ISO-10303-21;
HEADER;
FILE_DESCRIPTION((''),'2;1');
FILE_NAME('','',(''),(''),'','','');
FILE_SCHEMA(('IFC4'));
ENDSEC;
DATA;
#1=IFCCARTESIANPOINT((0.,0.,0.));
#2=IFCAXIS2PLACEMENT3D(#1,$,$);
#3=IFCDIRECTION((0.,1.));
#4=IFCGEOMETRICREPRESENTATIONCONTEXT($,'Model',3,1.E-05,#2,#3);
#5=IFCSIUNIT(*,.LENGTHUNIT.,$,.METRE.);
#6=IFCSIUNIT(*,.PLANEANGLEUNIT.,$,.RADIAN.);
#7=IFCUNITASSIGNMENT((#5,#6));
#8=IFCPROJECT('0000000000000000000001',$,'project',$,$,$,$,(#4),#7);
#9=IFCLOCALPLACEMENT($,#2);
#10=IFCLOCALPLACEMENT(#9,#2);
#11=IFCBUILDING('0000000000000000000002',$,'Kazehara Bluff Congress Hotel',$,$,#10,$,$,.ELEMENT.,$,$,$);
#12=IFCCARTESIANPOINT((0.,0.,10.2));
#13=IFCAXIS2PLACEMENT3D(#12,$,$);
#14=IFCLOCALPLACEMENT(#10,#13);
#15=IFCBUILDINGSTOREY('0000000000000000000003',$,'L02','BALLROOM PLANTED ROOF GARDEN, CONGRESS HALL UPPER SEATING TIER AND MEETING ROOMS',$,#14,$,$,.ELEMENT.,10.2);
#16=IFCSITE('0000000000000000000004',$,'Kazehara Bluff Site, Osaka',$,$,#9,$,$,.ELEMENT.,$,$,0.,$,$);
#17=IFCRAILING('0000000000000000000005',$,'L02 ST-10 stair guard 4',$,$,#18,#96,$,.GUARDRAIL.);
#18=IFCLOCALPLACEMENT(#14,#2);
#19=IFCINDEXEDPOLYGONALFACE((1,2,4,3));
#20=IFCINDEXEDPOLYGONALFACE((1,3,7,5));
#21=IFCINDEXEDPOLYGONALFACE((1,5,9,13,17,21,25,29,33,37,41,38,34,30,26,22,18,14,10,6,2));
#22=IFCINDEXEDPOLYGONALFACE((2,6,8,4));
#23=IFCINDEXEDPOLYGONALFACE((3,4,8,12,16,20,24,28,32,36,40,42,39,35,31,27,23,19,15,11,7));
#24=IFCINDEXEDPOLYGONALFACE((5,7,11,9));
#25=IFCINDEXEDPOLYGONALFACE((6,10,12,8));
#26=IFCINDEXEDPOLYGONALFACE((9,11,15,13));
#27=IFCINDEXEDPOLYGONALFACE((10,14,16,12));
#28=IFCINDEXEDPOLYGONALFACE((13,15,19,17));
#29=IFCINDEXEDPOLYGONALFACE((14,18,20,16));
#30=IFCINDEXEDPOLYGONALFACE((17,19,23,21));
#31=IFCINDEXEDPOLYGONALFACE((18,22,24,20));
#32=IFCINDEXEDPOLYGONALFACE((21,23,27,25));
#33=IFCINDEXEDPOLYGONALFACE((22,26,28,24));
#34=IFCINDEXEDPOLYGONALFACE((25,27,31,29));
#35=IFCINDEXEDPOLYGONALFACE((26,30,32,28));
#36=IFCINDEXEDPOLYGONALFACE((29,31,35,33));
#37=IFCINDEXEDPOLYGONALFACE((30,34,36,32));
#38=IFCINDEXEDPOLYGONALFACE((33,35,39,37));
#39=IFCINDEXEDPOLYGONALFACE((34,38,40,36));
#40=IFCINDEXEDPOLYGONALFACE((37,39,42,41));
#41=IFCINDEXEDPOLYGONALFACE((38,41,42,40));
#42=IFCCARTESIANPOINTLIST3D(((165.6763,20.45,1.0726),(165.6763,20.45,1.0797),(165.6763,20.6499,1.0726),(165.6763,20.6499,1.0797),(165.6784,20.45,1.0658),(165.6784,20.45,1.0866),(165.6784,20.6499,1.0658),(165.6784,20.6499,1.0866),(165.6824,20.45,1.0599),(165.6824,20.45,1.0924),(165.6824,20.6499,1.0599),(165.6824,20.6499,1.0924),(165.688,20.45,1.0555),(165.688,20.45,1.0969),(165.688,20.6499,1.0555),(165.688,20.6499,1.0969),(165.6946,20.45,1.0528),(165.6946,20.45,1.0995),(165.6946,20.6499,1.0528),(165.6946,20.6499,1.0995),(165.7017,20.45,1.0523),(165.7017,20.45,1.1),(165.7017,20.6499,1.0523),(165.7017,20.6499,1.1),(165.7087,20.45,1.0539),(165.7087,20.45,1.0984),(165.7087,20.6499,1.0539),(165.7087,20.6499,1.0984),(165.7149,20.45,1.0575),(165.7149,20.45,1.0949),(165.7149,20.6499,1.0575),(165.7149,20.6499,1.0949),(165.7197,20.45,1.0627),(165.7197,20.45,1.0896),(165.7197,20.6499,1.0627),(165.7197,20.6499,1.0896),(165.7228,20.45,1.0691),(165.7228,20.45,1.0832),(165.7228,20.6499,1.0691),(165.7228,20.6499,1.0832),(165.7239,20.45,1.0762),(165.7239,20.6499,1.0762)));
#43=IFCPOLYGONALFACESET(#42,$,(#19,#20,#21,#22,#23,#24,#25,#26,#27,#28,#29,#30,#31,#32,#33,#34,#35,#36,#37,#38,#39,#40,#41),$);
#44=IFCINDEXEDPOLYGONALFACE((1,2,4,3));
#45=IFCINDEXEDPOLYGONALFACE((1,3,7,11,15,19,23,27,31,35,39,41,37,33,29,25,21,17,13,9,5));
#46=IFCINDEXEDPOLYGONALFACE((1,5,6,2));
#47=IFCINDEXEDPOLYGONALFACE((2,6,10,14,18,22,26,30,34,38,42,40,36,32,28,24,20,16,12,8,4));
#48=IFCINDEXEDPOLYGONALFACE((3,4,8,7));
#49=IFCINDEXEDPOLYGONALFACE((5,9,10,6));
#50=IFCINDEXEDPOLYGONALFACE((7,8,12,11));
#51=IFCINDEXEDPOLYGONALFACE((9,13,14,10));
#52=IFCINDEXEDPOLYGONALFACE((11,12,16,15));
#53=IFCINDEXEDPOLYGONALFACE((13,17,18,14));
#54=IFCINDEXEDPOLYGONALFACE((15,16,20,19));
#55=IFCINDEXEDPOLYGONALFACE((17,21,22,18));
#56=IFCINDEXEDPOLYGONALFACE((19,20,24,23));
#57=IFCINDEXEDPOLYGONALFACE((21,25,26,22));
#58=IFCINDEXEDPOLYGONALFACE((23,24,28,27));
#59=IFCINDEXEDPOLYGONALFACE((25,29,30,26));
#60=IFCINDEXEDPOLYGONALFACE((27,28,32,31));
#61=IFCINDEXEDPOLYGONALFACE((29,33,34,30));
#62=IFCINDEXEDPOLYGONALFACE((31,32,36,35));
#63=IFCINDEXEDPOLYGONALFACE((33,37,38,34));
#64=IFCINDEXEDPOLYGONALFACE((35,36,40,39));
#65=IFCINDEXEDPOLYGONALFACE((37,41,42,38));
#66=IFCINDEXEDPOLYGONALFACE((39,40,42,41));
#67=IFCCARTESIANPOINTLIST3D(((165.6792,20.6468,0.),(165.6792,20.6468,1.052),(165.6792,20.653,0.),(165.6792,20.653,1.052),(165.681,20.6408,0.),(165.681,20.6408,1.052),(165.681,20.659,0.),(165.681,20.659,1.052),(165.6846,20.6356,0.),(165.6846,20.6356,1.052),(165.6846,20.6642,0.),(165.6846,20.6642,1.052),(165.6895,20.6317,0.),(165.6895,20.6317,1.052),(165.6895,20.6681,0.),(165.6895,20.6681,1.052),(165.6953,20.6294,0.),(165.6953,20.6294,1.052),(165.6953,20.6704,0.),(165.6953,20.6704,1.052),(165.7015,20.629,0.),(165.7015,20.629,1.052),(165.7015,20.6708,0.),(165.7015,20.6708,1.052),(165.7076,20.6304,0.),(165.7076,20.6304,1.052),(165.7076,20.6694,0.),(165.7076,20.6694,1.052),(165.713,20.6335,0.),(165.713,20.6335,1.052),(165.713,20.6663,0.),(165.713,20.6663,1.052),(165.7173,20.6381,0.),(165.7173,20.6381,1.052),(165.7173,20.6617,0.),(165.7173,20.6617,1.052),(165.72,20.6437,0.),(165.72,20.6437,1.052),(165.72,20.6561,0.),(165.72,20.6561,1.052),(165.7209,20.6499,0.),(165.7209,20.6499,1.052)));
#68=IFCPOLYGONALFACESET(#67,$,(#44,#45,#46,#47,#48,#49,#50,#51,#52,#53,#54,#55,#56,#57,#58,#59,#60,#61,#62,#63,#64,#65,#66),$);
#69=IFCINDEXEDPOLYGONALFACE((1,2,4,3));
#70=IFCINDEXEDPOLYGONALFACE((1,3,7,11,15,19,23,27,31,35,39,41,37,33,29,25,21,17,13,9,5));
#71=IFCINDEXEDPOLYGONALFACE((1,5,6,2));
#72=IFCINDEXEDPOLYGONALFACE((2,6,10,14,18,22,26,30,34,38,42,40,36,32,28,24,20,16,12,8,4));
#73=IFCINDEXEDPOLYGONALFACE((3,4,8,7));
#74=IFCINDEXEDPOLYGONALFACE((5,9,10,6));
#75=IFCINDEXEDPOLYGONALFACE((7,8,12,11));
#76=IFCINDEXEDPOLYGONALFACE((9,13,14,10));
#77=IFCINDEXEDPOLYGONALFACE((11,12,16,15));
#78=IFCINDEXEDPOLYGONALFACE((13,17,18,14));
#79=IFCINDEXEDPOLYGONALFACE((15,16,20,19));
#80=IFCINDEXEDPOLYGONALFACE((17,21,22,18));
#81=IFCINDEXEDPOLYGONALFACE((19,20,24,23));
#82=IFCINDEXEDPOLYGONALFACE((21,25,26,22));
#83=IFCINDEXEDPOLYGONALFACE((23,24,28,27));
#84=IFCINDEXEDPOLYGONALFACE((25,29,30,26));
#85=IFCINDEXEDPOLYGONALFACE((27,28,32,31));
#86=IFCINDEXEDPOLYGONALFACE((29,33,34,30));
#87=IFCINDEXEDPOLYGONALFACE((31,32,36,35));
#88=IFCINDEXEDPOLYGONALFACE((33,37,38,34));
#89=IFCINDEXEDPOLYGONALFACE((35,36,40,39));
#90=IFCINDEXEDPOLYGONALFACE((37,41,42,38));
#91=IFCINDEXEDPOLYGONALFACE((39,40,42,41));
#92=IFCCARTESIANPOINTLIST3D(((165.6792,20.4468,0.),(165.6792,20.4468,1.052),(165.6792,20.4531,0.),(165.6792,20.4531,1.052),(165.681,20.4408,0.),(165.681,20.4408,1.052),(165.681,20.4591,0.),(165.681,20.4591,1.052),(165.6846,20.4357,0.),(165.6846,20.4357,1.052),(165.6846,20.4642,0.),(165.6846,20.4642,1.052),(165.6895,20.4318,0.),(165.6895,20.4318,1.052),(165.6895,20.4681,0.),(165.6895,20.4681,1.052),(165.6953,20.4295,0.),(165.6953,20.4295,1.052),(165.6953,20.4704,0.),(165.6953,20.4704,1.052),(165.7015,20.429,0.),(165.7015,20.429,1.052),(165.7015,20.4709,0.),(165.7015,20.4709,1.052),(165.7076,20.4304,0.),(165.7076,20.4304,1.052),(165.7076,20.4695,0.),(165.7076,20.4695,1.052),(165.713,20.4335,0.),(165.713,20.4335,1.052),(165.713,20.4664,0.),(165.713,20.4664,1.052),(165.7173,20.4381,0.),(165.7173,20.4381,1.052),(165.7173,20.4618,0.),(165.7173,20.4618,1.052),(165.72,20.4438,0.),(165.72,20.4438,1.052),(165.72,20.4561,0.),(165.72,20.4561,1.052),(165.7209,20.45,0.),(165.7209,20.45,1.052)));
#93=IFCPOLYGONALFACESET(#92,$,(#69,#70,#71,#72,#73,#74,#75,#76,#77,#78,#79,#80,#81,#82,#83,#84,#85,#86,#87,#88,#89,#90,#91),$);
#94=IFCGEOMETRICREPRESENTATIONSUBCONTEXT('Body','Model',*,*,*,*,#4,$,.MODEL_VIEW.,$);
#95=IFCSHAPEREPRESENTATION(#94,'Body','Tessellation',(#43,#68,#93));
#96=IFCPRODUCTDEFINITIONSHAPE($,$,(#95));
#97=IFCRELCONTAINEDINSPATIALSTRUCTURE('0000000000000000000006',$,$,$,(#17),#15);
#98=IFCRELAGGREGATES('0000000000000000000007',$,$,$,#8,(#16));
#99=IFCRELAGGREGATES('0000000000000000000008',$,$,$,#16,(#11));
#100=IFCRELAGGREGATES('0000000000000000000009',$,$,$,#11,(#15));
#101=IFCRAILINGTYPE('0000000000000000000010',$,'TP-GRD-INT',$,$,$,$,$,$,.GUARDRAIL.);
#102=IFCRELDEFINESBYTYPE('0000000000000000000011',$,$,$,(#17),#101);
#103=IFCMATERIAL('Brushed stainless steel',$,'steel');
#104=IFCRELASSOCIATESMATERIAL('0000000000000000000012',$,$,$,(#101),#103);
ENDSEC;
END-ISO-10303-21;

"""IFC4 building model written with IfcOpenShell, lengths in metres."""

from ifc_helpers import new_model, si_unit, direction, frame, origin, origin_2d, place, context, subcontext, project, spatial, circle, extrude, material, type_object, element, save


model = new_model("IFC4")

# Units and contexts
model_context = context("Model", 3, precision=1e-05, world=origin(), true_north=direction((0.0, 1.0)))
body_context = subcontext(model_context, "Body", "Model", "MODEL_VIEW")
ifc_project = project(units=[si_unit("LENGTHUNIT", "METRE"), si_unit("PLANEANGLEUNIT", "RADIAN")], contexts=[model_context])

# Site, building, storey
site_placement = place(None, origin())
site = spatial("IfcSite", under=ifc_project, at=site_placement, Name="Kazehara Bluff Site, Osaka", CompositionType="ELEMENT", RefElevation=0.0)
building_placement = place(site_placement, origin())
building = spatial("IfcBuilding", under=site, at=building_placement, Name="Kazehara Bluff Congress Hotel", CompositionType="ELEMENT")
storey_placement = place(building_placement, frame((0.0, 0.0, 10.2)))
storey = spatial("IfcBuildingStorey", under=building, at=storey_placement, Name="L02", Description="BALLROOM PLANTED ROOF GARDEN, CONGRESS HALL UPPER SEATING TIER AND MEETING ROOMS", CompositionType="ELEMENT", Elevation=10.2)

# Railing
ifc_material_1 = material(Name="Brushed stainless steel", Category="steel")
railing_type_1 = type_object("IfcRailingType", Name="TP-GRD-INT", PredefinedType="GUARDRAIL", material=ifc_material_1)
railing_1_placement = place(storey_placement, frame((165.7, 20.6499, 0.0)))
element("IfcRailing", 1, at=railing_1_placement, inside=storey, type_object=railing_type_1, Name="L02 ST-10 stair guard 4", PredefinedType="GUARDRAIL", context=body_context, shape_type="SweptSolid", body=[
    extrude(circle(Radius=0.0239, at=origin_2d()), frame((0.0, 0.0, 1.0762), z_axis=(0.0, -1.0, 0.0), x_axis=(1.0, 0.0, 0.0)), (0.0, 0.0, 1.0), 0.2),
    extrude(circle(Radius=0.021, at=origin_2d()), origin(), (0.0, 0.0, 1.0), 1.052),
    extrude(circle(Radius=0.021, at=origin_2d()), frame((0.0, -0.2, 0.0)), (0.0, 0.0, 1.0), 1.052),
])

save(model, "model.ifc")
